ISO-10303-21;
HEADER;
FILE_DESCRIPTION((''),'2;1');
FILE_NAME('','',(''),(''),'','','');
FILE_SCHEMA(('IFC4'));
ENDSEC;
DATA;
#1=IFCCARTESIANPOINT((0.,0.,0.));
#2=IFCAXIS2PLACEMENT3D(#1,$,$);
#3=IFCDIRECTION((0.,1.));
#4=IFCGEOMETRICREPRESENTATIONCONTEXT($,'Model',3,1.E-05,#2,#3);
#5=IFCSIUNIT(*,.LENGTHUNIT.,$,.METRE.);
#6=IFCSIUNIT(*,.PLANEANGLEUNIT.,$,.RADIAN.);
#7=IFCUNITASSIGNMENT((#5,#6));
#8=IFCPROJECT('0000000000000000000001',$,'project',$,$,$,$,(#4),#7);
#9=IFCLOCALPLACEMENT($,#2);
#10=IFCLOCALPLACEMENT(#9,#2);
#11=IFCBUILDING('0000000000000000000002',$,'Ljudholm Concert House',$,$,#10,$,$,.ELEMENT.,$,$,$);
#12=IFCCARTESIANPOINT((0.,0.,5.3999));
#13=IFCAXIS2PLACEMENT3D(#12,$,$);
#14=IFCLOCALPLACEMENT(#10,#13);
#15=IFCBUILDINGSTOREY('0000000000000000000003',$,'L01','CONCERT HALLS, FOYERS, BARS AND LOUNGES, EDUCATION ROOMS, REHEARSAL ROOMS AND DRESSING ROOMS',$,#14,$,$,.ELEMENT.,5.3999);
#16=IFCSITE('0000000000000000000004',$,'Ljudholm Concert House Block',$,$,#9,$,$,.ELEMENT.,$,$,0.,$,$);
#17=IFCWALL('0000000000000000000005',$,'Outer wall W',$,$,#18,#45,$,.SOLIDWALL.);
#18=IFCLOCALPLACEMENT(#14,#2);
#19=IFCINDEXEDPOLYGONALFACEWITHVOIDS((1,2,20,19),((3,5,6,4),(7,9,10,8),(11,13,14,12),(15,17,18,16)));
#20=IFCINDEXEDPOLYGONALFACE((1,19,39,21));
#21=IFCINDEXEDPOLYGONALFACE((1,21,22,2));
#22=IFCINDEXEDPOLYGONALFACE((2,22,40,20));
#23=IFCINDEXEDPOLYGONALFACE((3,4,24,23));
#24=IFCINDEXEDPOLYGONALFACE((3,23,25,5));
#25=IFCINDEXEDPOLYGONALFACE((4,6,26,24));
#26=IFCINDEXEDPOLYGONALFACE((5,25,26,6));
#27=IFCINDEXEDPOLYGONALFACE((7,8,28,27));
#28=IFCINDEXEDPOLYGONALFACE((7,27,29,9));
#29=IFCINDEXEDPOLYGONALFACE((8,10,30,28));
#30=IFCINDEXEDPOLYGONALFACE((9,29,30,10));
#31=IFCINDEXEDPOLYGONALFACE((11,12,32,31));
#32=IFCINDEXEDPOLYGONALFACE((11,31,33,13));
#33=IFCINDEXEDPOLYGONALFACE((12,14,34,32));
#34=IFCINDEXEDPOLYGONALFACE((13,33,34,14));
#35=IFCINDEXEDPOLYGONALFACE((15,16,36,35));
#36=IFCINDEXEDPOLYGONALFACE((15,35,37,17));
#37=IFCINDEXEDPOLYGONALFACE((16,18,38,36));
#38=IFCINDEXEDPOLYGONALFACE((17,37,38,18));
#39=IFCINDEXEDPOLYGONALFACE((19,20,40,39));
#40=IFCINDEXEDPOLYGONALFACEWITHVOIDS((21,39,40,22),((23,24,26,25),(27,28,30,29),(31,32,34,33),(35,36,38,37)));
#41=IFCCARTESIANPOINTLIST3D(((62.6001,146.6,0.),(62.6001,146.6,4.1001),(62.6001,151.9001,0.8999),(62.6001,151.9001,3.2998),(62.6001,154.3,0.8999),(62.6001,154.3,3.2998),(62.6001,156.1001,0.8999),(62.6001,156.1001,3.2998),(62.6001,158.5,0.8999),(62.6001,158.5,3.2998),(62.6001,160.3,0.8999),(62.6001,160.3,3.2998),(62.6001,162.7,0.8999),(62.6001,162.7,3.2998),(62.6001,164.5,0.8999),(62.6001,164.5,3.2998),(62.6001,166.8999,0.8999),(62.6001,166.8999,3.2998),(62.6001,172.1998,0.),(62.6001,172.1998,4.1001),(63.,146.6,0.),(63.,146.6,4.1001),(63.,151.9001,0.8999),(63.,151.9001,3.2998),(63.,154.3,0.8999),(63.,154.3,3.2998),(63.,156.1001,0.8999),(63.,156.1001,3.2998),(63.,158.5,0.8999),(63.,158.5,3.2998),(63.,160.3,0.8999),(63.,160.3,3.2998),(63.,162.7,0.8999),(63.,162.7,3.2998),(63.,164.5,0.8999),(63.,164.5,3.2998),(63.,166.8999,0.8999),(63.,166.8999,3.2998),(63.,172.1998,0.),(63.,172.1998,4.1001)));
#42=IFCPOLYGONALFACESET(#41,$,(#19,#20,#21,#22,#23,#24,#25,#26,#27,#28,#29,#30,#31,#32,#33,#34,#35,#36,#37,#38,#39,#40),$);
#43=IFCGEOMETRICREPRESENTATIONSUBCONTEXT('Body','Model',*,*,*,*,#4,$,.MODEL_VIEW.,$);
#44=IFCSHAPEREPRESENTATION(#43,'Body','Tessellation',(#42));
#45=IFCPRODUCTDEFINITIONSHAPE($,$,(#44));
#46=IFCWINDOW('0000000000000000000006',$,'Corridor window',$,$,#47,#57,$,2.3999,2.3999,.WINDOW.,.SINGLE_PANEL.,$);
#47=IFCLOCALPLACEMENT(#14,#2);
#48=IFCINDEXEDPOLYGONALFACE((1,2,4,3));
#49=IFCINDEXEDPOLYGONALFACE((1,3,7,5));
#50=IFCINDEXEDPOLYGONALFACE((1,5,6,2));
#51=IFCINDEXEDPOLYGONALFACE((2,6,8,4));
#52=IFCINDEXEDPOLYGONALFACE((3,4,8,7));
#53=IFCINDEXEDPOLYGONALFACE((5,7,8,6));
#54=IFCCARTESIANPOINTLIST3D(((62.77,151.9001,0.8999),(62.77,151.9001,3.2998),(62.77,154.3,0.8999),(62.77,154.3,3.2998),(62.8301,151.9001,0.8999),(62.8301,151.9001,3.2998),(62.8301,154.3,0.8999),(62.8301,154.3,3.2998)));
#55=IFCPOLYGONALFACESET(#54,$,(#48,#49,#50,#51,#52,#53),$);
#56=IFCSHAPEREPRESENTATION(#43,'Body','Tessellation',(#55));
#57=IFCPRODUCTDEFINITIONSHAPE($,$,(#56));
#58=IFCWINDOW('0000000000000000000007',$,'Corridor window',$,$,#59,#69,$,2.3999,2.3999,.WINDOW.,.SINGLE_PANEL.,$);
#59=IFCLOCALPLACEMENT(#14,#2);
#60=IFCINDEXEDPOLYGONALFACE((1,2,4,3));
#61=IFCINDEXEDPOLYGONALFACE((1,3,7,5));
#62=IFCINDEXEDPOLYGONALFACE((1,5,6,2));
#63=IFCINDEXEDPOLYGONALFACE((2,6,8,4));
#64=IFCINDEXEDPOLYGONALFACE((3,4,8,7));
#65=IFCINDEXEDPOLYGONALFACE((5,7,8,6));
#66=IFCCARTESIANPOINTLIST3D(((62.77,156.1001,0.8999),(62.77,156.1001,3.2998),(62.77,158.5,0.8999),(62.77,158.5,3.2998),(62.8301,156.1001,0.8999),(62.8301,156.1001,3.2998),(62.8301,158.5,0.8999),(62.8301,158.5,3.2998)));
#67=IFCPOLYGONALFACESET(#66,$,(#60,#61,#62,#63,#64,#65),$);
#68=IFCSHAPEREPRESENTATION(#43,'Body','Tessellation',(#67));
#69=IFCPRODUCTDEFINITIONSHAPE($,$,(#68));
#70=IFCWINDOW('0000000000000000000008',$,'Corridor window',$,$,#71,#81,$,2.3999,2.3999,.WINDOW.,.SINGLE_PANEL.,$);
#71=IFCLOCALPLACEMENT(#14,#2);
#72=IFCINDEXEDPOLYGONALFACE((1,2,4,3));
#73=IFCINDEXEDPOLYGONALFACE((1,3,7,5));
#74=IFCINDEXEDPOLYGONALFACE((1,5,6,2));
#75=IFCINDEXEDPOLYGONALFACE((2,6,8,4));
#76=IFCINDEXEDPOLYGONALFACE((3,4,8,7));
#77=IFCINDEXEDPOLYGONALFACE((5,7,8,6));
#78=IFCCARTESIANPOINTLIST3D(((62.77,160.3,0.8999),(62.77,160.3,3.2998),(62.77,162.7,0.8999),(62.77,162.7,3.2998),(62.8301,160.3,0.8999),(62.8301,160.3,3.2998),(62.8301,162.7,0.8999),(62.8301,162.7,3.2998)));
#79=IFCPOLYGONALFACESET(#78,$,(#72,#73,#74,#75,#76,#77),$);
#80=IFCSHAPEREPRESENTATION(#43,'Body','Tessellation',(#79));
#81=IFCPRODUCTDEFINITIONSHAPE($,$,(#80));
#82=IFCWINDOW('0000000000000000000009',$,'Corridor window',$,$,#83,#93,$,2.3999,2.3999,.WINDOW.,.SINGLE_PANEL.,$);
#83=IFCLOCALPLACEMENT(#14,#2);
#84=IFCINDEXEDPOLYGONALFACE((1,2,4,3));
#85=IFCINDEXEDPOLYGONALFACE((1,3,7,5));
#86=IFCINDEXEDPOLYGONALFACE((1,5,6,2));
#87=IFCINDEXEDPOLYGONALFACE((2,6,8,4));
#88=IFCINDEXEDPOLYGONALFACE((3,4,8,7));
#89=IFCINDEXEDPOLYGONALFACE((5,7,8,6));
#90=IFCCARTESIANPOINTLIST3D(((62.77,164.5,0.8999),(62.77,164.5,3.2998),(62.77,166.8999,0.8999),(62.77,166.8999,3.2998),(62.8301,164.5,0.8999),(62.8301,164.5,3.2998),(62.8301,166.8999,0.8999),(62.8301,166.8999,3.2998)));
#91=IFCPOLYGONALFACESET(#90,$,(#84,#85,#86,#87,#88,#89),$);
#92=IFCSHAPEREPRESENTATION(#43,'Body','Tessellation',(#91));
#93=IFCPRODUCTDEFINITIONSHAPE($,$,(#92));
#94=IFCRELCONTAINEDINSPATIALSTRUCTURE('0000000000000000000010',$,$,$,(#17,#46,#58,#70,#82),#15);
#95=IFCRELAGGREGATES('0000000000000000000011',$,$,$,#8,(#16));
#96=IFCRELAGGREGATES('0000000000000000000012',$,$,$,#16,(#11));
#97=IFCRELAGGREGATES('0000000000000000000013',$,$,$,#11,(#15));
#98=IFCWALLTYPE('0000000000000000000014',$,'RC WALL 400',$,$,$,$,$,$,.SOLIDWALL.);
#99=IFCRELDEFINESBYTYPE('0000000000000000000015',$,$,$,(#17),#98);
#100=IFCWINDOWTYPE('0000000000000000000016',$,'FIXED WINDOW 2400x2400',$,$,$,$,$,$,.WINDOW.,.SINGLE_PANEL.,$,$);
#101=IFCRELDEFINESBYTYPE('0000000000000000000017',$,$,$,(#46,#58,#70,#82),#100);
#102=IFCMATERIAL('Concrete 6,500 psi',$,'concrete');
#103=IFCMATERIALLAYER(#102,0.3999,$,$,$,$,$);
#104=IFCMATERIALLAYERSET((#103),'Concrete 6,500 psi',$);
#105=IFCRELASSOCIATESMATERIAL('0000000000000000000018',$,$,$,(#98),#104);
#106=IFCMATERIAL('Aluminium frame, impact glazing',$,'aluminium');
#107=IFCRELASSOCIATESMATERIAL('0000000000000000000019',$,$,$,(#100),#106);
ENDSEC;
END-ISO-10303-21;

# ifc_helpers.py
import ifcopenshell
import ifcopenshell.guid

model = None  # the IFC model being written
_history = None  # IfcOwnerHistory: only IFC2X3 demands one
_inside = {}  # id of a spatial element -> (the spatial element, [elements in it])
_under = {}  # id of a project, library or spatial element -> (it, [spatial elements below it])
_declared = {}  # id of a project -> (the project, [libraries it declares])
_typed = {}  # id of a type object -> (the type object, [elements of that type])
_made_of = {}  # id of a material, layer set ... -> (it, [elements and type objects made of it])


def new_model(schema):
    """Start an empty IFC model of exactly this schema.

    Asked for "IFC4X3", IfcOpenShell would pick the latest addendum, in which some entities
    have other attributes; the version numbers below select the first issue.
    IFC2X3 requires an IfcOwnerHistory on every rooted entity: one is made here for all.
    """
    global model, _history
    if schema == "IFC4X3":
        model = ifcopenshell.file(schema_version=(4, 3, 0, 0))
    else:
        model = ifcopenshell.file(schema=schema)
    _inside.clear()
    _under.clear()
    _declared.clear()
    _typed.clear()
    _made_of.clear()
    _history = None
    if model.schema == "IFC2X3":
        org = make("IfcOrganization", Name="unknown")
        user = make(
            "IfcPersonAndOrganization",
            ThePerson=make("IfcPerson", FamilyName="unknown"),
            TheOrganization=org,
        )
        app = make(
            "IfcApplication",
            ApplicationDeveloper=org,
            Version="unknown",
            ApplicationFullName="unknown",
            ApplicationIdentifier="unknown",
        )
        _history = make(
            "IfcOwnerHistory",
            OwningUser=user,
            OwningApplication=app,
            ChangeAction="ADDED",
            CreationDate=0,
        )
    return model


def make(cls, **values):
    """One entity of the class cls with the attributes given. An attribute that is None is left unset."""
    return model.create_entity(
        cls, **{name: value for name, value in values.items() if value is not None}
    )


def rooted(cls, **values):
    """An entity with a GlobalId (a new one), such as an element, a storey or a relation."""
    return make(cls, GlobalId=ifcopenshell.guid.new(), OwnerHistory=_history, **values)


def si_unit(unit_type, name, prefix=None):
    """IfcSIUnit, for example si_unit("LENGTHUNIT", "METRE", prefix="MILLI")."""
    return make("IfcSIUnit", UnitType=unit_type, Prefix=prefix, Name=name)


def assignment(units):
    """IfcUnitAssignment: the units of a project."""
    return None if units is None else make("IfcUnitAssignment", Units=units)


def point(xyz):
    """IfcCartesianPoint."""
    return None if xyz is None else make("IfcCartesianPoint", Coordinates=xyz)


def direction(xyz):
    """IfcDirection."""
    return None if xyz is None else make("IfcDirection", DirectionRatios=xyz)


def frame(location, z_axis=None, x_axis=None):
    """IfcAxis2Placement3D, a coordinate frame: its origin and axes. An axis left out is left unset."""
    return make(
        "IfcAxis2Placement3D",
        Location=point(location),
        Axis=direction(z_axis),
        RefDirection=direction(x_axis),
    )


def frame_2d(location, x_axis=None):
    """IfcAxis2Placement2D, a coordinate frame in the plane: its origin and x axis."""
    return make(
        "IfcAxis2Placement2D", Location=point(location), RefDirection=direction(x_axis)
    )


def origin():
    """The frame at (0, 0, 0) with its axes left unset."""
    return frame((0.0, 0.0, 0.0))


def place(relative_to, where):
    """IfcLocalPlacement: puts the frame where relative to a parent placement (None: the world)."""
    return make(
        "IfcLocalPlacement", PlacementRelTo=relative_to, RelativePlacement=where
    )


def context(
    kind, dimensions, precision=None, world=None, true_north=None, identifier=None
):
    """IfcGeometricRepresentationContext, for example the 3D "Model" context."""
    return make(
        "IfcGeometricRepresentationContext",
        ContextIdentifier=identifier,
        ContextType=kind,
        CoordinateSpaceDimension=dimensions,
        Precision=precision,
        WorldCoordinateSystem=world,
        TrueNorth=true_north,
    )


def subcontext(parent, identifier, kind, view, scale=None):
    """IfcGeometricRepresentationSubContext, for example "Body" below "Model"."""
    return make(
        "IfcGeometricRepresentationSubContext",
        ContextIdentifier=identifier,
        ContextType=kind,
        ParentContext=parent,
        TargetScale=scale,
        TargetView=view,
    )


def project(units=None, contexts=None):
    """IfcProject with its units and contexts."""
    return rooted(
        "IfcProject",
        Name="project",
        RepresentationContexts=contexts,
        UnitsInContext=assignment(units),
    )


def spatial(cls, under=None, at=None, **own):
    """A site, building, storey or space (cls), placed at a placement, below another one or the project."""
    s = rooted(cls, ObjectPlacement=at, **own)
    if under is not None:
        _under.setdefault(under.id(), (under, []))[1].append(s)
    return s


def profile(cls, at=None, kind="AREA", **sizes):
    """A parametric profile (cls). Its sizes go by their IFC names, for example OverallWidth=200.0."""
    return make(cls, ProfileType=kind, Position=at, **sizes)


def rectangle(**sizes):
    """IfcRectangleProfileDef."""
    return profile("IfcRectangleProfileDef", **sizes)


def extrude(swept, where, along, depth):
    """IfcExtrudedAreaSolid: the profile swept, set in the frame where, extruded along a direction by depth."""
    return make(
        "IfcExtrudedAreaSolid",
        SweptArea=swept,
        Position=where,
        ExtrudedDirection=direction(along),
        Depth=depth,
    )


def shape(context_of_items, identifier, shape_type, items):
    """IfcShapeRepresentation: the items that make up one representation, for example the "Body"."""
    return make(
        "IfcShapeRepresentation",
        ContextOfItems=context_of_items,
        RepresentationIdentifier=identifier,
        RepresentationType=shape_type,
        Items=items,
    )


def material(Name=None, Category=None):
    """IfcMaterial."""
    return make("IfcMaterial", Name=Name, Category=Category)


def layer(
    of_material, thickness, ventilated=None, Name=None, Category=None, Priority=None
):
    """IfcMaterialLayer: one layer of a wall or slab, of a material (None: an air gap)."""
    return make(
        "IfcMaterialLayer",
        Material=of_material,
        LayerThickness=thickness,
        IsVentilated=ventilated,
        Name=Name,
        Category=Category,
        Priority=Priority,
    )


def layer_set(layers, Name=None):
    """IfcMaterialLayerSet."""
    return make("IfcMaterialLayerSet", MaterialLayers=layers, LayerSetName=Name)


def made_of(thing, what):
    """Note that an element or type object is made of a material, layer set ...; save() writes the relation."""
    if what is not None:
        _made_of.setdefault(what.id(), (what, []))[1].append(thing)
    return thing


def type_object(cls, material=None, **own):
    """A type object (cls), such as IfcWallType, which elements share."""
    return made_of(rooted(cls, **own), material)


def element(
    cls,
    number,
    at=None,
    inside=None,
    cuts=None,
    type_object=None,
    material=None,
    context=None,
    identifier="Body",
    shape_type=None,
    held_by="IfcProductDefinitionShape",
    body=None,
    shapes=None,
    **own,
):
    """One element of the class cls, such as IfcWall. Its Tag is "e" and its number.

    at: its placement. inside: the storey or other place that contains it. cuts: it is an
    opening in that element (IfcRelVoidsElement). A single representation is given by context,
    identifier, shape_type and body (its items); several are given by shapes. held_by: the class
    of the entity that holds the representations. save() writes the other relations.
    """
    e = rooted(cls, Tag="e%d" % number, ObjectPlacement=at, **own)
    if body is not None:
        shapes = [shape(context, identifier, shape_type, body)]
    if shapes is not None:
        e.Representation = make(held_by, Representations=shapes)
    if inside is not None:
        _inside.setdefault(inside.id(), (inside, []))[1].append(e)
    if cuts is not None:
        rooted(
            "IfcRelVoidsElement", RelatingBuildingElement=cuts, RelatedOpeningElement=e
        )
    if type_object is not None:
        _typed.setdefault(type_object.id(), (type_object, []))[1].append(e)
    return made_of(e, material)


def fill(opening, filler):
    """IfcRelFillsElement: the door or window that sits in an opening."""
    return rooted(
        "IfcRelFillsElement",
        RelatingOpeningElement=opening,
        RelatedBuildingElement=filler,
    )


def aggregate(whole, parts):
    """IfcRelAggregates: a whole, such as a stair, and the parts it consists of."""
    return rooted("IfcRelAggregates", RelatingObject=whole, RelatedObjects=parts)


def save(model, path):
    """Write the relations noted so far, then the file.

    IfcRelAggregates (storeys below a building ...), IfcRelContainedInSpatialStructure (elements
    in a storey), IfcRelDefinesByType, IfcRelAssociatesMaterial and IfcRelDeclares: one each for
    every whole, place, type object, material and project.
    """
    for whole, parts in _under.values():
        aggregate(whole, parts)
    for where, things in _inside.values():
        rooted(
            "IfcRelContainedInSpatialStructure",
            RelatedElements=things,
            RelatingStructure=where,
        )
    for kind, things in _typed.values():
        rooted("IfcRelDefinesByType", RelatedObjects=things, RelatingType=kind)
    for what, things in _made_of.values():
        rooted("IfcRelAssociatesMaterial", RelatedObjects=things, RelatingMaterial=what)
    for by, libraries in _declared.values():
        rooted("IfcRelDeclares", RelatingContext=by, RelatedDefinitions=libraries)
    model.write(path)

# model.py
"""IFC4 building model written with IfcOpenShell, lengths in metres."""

from ifc_helpers import new_model, si_unit, direction, frame, frame_2d, origin, place, context, subcontext, project, spatial, rectangle, extrude, material, layer, layer_set, type_object, element, fill, save


model = new_model("IFC4")

# Units and contexts
model_context = context("Model", 3, precision=1e-05, world=origin(), true_north=direction((0.0, 1.0)))
body_context = subcontext(model_context, "Body", "Model", "MODEL_VIEW")
ifc_project = project(units=[si_unit("LENGTHUNIT", "METRE"), si_unit("PLANEANGLEUNIT", "RADIAN")], contexts=[model_context])

# Site, building, storey
site_placement = place(None, origin())
site = spatial("IfcSite", under=ifc_project, at=site_placement, Name="Ljudholm Concert House Block", CompositionType="ELEMENT", RefElevation=0.0)
building_placement = place(site_placement, origin())
building = spatial("IfcBuilding", under=site, at=building_placement, Name="Ljudholm Concert House", CompositionType="ELEMENT")
storey_placement = place(building_placement, frame((0.0, 0.0, 5.3999)))
storey = spatial("IfcBuildingStorey", under=building, at=storey_placement, Name="L01", Description="CONCERT HALLS, FOYERS, BARS AND LOUNGES, EDUCATION ROOMS, REHEARSAL ROOMS AND DRESSING ROOMS", CompositionType="ELEMENT", Elevation=5.3999)

# Wall, openings, windows
ifc_material_1 = material(Name="Concrete 6,500 psi", Category="concrete")
ifc_layer_1 = layer(ifc_material_1, 0.3999)
ifc_layer_set_1 = layer_set([ifc_layer_1], Name="Concrete 6,500 psi")
wall_type_1 = type_object("IfcWallType", Name="RC WALL 400", PredefinedType="SOLIDWALL", material=ifc_layer_set_1)
wall_1_placement = place(storey_placement, frame((62.8, 146.6001, 0.0), z_axis=(0.0, 0.0, 1.0), x_axis=(0.0, 1.0, 0.0)))
wall_1 = element("IfcWall", 1, at=wall_1_placement, inside=storey, type_object=wall_type_1, Name="Outer wall W", PredefinedType="SOLIDWALL", context=body_context, shape_type="SweptSolid", body=[
    extrude(rectangle(XDim=25.5999, YDim=0.3999, at=frame_2d((12.7998, 0.0))), origin(), (0.0, 0.0, 1.0), 4.1001),
])
opening_1_placement = place(wall_1_placement, frame((5.3, 0.0, 0.8999)))
opening_1 = element("IfcOpeningElement", 2, at=opening_1_placement, cuts=wall_1, PredefinedType="OPENING", context=body_context, shape_type="SweptSolid", body=[
    extrude(rectangle(XDim=2.3999, YDim=2.3999, at=frame_2d((1.2, 1.2))), frame((0.0, 0.21, 0.0), z_axis=(0.0, -1.0, 0.0), x_axis=(1.0, 0.0, 0.0)), (0.0, 0.0, 1.0), 0.4199),
])
opening_2_placement = place(wall_1_placement, frame((9.5, 0.0, 0.8999)))
opening_2 = element("IfcOpeningElement", 3, at=opening_2_placement, cuts=wall_1, PredefinedType="OPENING", context=body_context, shape_type="SweptSolid", body=[
    extrude(rectangle(XDim=2.3999, YDim=2.3999, at=frame_2d((1.2, 1.2))), frame((0.0, 0.21, 0.0), z_axis=(0.0, -1.0, 0.0), x_axis=(1.0, 0.0, 0.0)), (0.0, 0.0, 1.0), 0.4199),
])
opening_3_placement = place(wall_1_placement, frame((13.7, 0.0, 0.8999)))
opening_3 = element("IfcOpeningElement", 4, at=opening_3_placement, cuts=wall_1, PredefinedType="OPENING", context=body_context, shape_type="SweptSolid", body=[
    extrude(rectangle(XDim=2.3999, YDim=2.3999, at=frame_2d((1.2, 1.2))), frame((0.0, 0.21, 0.0), z_axis=(0.0, -1.0, 0.0), x_axis=(1.0, 0.0, 0.0)), (0.0, 0.0, 1.0), 0.4199),
])
opening_4_placement = place(wall_1_placement, frame((17.8999, 0.0, 0.8999)))
opening_4 = element("IfcOpeningElement", 5, at=opening_4_placement, cuts=wall_1, PredefinedType="OPENING", context=body_context, shape_type="SweptSolid", body=[
    extrude(rectangle(XDim=2.3999, YDim=2.3999, at=frame_2d((1.2, 1.2))), frame((0.0, 0.21, 0.0), z_axis=(0.0, -1.0, 0.0), x_axis=(1.0, 0.0, 0.0)), (0.0, 0.0, 1.0), 0.4199),
])
ifc_material_2 = material(Name="Aluminium frame, impact glazing", Category="aluminium")
window_type = type_object("IfcWindowType", Name="FIXED WINDOW 2400x2400", PartitioningType="SINGLE_PANEL", PredefinedType="WINDOW", material=ifc_material_2)
window_1_placement = place(opening_1_placement, origin())
window_1 = element("IfcWindow", 6, at=window_1_placement, inside=storey, type_object=window_type, Name="Corridor window", OverallHeight=2.3999, OverallWidth=2.3999, PartitioningType="SINGLE_PANEL", PredefinedType="WINDOW", context=body_context, shape_type="SweptSolid", body=[
    extrude(rectangle(XDim=2.3999, YDim=2.3999, at=frame_2d((1.2, 1.2))), frame((0.0, 0.03, 0.0), z_axis=(0.0, -1.0, 0.0), x_axis=(1.0, 0.0, 0.0)), (0.0, 0.0, 1.0), 0.0601),
])
fill(opening_1, window_1)
window_2_placement = place(opening_2_placement, origin())
window_2 = element("IfcWindow", 7, at=window_2_placement, inside=storey, type_object=window_type, Name="Corridor window", OverallHeight=2.3999, OverallWidth=2.3999, PartitioningType="SINGLE_PANEL", PredefinedType="WINDOW", context=body_context, shape_type="SweptSolid", body=[
    extrude(rectangle(XDim=2.3999, YDim=2.3999, at=frame_2d((1.2, 1.2))), frame((0.0, 0.03, 0.0), z_axis=(0.0, -1.0, 0.0), x_axis=(1.0, 0.0, 0.0)), (0.0, 0.0, 1.0), 0.0601),
])
fill(opening_2, window_2)
window_3_placement = place(opening_3_placement, origin())
window_3 = element("IfcWindow", 8, at=window_3_placement, inside=storey, type_object=window_type, Name="Corridor window", OverallHeight=2.3999, OverallWidth=2.3999, PartitioningType="SINGLE_PANEL", PredefinedType="WINDOW", context=body_context, shape_type="SweptSolid", body=[
    extrude(rectangle(XDim=2.3999, YDim=2.3999, at=frame_2d((1.2, 1.2))), frame((0.0, 0.03, 0.0), z_axis=(0.0, -1.0, 0.0), x_axis=(1.0, 0.0, 0.0)), (0.0, 0.0, 1.0), 0.0601),
])
fill(opening_3, window_3)
window_4_placement = place(opening_4_placement, origin())
window_4 = element("IfcWindow", 9, at=window_4_placement, inside=storey, type_object=window_type, Name="Corridor window", OverallHeight=2.3999, OverallWidth=2.3999, PartitioningType="SINGLE_PANEL", PredefinedType="WINDOW", context=body_context, shape_type="SweptSolid", body=[
    extrude(rectangle(XDim=2.3999, YDim=2.3999, at=frame_2d((1.2, 1.2))), frame((0.0, 0.03, 0.0), z_axis=(0.0, -1.0, 0.0), x_axis=(1.0, 0.0, 0.0)), (0.0, 0.0, 1.0), 0.0601),
])
fill(opening_4, window_4)

save(model, "model.ifc")
